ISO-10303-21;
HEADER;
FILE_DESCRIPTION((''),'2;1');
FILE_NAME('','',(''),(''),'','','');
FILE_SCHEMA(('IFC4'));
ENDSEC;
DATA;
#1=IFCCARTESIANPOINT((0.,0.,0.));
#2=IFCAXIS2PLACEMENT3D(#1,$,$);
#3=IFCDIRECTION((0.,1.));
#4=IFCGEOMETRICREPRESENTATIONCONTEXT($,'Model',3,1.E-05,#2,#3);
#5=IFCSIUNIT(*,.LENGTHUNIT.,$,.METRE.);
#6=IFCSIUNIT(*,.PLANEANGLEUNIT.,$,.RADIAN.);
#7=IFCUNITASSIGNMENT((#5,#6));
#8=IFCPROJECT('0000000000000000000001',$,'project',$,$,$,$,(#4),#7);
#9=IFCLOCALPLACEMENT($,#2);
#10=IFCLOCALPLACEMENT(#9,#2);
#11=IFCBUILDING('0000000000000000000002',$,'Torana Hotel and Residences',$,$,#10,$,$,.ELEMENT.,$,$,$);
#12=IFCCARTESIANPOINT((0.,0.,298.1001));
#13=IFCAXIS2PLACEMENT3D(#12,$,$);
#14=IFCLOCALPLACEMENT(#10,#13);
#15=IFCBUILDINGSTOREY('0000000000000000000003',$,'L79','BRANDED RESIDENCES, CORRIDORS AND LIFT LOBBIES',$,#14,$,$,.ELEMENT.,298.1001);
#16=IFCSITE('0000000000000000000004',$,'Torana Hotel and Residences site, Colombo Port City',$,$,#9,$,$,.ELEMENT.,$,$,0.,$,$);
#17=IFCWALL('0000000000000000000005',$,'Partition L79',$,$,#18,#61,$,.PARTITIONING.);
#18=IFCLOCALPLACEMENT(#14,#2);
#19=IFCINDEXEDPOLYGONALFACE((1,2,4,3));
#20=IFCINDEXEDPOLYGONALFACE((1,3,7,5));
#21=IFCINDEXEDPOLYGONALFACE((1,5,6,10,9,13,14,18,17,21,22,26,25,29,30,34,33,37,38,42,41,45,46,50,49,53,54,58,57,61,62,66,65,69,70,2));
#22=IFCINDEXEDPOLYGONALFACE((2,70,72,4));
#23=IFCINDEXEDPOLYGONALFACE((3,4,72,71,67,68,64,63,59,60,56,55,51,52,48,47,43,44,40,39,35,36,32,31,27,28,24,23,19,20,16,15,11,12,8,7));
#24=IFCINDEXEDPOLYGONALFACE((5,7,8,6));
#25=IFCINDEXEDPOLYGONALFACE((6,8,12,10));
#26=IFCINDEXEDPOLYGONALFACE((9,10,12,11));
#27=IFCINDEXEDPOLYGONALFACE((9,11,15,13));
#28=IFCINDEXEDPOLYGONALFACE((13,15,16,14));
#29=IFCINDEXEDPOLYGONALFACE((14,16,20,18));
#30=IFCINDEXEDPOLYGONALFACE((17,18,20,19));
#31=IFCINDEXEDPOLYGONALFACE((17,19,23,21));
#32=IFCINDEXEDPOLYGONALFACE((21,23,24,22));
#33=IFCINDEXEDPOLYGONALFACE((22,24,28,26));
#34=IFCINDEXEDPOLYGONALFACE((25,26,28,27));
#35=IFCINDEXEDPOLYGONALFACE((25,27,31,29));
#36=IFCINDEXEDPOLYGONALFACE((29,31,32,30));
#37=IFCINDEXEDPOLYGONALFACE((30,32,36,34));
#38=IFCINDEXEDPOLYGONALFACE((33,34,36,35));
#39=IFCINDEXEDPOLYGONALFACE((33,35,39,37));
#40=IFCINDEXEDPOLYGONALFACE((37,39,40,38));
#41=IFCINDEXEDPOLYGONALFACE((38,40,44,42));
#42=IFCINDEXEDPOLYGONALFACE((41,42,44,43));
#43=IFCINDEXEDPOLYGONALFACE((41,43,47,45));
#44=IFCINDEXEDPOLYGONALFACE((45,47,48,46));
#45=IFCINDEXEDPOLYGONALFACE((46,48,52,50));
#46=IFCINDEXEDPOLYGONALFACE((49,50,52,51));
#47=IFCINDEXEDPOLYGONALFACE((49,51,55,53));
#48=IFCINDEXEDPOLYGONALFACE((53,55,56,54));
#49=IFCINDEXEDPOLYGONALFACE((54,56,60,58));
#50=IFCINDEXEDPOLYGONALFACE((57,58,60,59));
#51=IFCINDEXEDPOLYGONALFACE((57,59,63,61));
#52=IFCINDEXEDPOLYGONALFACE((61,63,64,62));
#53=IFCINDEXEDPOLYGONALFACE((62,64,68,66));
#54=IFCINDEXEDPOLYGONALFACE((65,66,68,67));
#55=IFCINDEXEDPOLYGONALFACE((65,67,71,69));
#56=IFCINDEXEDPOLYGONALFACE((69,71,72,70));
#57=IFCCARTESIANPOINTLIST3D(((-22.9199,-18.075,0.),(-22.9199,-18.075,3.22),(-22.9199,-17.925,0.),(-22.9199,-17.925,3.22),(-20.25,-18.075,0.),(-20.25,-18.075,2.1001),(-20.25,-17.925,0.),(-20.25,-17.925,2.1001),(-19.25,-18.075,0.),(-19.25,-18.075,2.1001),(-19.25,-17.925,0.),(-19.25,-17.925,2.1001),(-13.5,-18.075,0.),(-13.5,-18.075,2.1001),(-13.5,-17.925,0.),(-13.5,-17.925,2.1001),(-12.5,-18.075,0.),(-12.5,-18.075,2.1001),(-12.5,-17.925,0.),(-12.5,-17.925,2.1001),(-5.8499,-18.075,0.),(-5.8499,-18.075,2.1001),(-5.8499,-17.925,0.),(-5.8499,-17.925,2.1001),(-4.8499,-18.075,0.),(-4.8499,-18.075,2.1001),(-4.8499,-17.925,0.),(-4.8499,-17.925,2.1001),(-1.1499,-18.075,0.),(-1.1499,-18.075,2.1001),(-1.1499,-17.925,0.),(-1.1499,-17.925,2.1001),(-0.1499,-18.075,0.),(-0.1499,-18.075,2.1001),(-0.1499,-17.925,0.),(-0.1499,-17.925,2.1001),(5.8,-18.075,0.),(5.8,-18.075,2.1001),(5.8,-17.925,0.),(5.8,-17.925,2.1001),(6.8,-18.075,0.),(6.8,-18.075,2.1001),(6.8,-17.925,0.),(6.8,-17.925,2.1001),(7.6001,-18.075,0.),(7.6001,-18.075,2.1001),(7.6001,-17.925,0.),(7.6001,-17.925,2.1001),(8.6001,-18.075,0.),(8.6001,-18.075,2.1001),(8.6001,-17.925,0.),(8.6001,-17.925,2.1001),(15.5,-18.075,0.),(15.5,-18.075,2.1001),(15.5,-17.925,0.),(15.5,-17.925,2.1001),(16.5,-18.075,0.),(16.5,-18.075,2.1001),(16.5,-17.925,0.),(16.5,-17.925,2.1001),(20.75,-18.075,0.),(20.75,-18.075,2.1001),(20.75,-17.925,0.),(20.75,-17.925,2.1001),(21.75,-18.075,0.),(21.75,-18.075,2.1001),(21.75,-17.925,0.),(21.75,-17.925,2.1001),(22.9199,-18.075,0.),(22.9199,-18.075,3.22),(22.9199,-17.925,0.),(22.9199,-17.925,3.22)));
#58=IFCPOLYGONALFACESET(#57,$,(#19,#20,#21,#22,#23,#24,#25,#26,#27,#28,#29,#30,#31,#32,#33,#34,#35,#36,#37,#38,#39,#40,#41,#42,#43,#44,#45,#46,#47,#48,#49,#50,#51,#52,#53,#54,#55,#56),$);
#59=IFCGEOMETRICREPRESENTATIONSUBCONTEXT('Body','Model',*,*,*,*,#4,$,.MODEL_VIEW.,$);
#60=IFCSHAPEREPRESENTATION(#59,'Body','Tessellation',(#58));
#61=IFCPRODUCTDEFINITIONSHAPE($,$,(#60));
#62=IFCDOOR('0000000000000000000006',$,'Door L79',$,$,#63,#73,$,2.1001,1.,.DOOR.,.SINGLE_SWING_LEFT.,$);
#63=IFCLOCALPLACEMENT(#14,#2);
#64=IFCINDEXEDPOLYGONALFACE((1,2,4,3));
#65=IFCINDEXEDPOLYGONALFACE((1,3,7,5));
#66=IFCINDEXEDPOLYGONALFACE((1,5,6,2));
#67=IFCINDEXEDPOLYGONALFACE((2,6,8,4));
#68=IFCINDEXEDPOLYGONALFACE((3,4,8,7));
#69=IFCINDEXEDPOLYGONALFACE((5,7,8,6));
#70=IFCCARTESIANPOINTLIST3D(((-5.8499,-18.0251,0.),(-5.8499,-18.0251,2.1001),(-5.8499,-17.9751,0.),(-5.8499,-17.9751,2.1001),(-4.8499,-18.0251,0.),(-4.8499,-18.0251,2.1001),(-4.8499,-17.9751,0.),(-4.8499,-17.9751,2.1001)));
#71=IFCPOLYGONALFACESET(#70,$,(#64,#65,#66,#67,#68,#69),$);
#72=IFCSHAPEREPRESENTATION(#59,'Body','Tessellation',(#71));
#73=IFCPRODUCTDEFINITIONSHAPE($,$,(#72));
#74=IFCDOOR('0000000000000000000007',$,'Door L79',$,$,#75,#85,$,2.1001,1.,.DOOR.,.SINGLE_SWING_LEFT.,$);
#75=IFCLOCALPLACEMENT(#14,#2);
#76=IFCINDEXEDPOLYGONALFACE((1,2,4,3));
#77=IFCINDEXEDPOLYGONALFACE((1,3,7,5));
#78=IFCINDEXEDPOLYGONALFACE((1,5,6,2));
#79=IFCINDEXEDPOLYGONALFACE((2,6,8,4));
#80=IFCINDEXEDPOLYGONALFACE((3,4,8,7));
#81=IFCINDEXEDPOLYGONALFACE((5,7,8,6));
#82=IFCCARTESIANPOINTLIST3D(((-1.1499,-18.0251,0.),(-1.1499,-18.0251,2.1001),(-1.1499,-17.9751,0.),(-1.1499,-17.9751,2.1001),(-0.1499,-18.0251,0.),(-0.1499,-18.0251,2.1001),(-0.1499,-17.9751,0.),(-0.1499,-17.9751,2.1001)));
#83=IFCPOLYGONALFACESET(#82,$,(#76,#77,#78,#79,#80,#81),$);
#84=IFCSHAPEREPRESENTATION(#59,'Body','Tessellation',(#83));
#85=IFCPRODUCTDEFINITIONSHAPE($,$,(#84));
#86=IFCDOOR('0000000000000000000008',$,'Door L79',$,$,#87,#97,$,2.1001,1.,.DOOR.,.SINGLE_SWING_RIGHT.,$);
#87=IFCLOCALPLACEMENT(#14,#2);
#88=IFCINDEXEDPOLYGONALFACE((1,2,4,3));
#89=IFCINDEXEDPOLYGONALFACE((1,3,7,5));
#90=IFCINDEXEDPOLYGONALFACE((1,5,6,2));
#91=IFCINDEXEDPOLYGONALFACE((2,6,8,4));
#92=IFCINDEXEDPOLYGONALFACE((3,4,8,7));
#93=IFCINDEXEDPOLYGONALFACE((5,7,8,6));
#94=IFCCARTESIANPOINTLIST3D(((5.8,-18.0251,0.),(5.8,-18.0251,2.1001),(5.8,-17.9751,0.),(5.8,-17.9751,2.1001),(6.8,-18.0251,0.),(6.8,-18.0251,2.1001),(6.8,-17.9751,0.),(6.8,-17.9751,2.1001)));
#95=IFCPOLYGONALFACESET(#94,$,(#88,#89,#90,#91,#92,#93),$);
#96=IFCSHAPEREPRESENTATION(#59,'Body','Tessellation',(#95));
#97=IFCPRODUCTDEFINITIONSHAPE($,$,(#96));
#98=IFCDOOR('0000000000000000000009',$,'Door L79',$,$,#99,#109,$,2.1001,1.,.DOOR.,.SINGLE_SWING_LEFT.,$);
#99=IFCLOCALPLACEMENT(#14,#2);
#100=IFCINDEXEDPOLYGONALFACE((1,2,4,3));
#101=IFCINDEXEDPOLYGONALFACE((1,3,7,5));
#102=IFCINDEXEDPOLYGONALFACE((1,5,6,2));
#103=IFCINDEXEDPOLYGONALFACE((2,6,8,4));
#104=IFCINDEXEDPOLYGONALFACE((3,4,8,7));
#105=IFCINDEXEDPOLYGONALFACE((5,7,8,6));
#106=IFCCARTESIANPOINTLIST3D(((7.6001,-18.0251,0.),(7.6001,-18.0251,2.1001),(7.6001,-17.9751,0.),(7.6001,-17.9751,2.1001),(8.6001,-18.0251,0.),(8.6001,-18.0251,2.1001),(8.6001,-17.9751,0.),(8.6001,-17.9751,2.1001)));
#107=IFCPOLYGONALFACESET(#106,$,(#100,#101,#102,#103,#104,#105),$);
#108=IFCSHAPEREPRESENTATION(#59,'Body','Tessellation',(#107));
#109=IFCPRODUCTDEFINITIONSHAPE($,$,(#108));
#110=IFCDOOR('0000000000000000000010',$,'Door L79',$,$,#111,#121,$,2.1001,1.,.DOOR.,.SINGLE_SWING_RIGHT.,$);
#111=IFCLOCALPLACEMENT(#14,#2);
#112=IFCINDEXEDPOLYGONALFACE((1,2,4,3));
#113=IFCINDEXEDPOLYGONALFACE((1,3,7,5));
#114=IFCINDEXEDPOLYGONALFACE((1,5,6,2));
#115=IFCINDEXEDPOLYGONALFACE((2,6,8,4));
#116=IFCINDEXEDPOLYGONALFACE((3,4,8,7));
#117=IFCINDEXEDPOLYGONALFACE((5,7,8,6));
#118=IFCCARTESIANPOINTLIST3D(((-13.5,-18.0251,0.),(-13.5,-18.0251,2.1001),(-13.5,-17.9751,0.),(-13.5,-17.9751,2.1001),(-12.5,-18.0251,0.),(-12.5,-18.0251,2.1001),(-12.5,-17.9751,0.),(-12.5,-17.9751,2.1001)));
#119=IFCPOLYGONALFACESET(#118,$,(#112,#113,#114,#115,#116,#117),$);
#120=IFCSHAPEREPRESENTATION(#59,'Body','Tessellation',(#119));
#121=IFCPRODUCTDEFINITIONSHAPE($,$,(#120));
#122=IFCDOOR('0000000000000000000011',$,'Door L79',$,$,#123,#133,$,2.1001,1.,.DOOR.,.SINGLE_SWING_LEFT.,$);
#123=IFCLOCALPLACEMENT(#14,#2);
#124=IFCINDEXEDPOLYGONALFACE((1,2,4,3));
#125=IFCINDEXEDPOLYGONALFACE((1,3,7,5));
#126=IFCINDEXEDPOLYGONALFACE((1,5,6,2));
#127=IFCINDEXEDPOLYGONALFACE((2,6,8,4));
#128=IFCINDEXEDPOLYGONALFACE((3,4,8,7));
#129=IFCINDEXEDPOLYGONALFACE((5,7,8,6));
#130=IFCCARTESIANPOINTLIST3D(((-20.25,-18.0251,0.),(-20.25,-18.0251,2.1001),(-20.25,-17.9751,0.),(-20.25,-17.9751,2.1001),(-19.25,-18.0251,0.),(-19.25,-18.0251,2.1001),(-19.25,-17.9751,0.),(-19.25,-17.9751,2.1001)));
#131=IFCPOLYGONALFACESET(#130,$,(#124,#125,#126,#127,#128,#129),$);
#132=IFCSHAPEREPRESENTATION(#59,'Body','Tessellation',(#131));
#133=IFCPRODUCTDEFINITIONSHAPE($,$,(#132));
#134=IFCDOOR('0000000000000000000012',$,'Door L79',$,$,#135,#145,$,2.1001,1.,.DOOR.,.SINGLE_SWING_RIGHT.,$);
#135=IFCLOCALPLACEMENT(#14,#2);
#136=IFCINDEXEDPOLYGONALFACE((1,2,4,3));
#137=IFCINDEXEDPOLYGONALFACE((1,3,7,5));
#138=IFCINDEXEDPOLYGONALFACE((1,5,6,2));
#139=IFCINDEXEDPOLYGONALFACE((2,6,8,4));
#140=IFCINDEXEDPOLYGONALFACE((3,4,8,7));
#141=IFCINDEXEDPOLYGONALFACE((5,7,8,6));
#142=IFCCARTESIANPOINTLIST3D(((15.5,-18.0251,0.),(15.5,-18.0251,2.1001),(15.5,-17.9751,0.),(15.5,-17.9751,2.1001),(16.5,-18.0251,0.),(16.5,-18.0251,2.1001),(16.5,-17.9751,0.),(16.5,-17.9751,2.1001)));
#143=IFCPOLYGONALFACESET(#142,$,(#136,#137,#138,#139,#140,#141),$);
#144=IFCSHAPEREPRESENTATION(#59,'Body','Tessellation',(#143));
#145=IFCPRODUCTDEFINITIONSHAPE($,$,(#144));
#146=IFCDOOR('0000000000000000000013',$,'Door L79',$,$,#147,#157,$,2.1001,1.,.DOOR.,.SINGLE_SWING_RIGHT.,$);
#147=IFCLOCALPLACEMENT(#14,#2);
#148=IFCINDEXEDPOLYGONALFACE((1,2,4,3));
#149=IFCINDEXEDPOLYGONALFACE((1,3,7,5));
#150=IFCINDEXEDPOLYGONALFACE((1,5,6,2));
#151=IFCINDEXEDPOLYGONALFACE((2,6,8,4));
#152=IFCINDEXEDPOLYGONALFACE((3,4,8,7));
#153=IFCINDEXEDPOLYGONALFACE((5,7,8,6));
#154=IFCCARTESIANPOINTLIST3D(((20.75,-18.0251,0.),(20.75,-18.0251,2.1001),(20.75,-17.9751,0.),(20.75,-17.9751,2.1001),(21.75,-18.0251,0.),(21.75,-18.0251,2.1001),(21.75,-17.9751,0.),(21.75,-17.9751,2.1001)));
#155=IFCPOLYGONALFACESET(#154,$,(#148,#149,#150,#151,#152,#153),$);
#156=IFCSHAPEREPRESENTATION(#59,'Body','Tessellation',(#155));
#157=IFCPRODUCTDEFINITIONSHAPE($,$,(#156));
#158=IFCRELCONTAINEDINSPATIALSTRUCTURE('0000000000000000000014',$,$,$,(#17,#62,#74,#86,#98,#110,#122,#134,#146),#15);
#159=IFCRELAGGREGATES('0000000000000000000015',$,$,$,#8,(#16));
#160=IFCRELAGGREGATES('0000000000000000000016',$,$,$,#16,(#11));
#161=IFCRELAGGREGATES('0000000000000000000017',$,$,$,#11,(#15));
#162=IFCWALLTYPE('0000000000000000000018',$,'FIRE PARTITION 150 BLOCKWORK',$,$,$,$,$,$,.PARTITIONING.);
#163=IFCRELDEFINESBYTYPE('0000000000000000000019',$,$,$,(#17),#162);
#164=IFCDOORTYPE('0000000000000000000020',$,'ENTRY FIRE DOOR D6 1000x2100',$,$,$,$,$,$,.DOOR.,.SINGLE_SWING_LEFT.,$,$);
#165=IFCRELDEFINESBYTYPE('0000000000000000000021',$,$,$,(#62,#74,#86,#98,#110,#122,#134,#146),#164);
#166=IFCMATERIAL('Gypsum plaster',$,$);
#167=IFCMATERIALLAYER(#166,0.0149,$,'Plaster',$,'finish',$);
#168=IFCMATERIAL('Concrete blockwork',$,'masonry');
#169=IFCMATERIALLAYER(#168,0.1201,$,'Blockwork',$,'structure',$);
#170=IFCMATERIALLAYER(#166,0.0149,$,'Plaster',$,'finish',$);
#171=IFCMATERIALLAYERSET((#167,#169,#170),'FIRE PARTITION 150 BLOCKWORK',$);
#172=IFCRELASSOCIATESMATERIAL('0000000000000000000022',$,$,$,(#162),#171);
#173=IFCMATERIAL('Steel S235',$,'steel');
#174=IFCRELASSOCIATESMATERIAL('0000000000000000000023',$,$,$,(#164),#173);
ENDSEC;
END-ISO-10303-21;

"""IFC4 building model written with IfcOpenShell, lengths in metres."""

from ifc_helpers import new_model, si_unit, direction, frame, frame_2d, origin, place, context, subcontext, project, spatial, rectangle, extrude, material, layer, layer_set, type_object, element, fill, save


model = new_model("IFC4")

# Units and contexts
model_context = context("Model", 3, precision=1e-05, world=origin(), true_north=direction((0.0, 1.0)))
body_context = subcontext(model_context, "Body", "Model", "MODEL_VIEW")
ifc_project = project(units=[si_unit("LENGTHUNIT", "METRE"), si_unit("PLANEANGLEUNIT", "RADIAN")], contexts=[model_context])

# Site, building, storey
site_placement = place(None, origin())
site = spatial("IfcSite", under=ifc_project, at=site_placement, Name="Torana Hotel and Residences site, Colombo Port City", CompositionType="ELEMENT", RefElevation=0.0)
building_placement = place(site_placement, origin())
building = spatial("IfcBuilding", under=site, at=building_placement, Name="Torana Hotel and Residences", CompositionType="ELEMENT")
storey_placement = place(building_placement, frame((0.0, 0.0, 298.1001)))
storey = spatial("IfcBuildingStorey", under=building, at=storey_placement, Name="L79", Description="BRANDED RESIDENCES, CORRIDORS AND LIFT LOBBIES", CompositionType="ELEMENT", Elevation=298.1001)

# Wall, openings, doors
ifc_material_1 = material(Name="Gypsum plaster")
ifc_layer_1 = layer(ifc_material_1, 0.0149, Name="Plaster", Category="finish")
ifc_material_2 = material(Name="Concrete blockwork", Category="masonry")
ifc_layer_2 = layer(ifc_material_2, 0.1201, Name="Blockwork", Category="structure")
ifc_layer_3 = layer(ifc_material_1, 0.0149, Name="Plaster", Category="finish")
ifc_layer_set_1 = layer_set([ifc_layer_1, ifc_layer_2, ifc_layer_3], Name="FIRE PARTITION 150 BLOCKWORK")
wall_type_1 = type_object("IfcWallType", Name="FIRE PARTITION 150 BLOCKWORK", PredefinedType="PARTITIONING", material=ifc_layer_set_1)
wall_1_placement = place(storey_placement, frame((-22.9199, -18.0, 0.0), z_axis=(0.0, 0.0, 1.0), x_axis=(1.0, 0.0, 0.0)))
wall_1 = element("IfcWall", 1, at=wall_1_placement, inside=storey, type_object=wall_type_1, Name="Partition L79", PredefinedType="PARTITIONING", context=body_context, shape_type="SweptSolid", body=[
    extrude(rectangle(XDim=45.8398, YDim=0.1499, at=frame_2d((22.9199, 0.0))), origin(), (0.0, 0.0, 1.0), 3.22),
])
opening_1_placement = place(wall_1_placement, frame((17.0701, 0.0, 0.0)))
opening_1 = element("IfcOpeningElement", 2, at=opening_1_placement, cuts=wall_1, PredefinedType="OPENING", context=body_context, shape_type="SweptSolid", body=[
    extrude(rectangle(XDim=1.0, YDim=2.1001, at=frame_2d((0.5, 1.05))), frame((0.0, 0.085, 0.0), z_axis=(0.0, -1.0, 0.0), x_axis=(1.0, 0.0, 0.0)), (0.0, 0.0, 1.0), 0.1699),
])
opening_2_placement = place(wall_1_placement, frame((21.77, 0.0, 0.0)))
opening_2 = element("IfcOpeningElement", 3, at=opening_2_placement, cuts=wall_1, PredefinedType="OPENING", context=body_context, shape_type="SweptSolid", body=[
    extrude(rectangle(XDim=1.0, YDim=2.1001, at=frame_2d((0.5, 1.05))), frame((0.0, 0.085, 0.0), z_axis=(0.0, -1.0, 0.0), x_axis=(1.0, 0.0, 0.0)), (0.0, 0.0, 1.0), 0.1699),
])
opening_3_placement = place(wall_1_placement, frame((28.72, 0.0, 0.0)))
opening_3 = element("IfcOpeningElement", 4, at=opening_3_placement, cuts=wall_1, PredefinedType="OPENING", context=body_context, shape_type="SweptSolid", body=[
    extrude(rectangle(XDim=1.0, YDim=2.1001, at=frame_2d((0.5, 1.05))), frame((0.0, 0.085, 0.0), z_axis=(0.0, -1.0, 0.0), x_axis=(1.0, 0.0, 0.0)), (0.0, 0.0, 1.0), 0.1699),
])
opening_4_placement = place(wall_1_placement, frame((30.52, 0.0, 0.0)))
opening_4 = element("IfcOpeningElement", 5, at=opening_4_placement, cuts=wall_1, PredefinedType="OPENING", context=body_context, shape_type="SweptSolid", body=[
    extrude(rectangle(XDim=1.0, YDim=2.1001, at=frame_2d((0.5, 1.05))), frame((0.0, 0.085, 0.0), z_axis=(0.0, -1.0, 0.0), x_axis=(1.0, 0.0, 0.0)), (0.0, 0.0, 1.0), 0.1699),
])
opening_5_placement = place(wall_1_placement, frame((9.4199, 0.0, 0.0)))
opening_5 = element("IfcOpeningElement", 6, at=opening_5_placement, cuts=wall_1, PredefinedType="OPENING", context=body_context, shape_type="SweptSolid", body=[
    extrude(rectangle(XDim=1.0, YDim=2.1001, at=frame_2d((0.5, 1.05))), frame((0.0, 0.085, 0.0), z_axis=(0.0, -1.0, 0.0), x_axis=(1.0, 0.0, 0.0)), (0.0, 0.0, 1.0), 0.1699),
])
opening_6_placement = place(wall_1_placement, frame((2.6699, 0.0, 0.0)))
opening_6 = element("IfcOpeningElement", 7, at=opening_6_placement, cuts=wall_1, PredefinedType="OPENING", context=body_context, shape_type="SweptSolid", body=[
    extrude(rectangle(XDim=1.0, YDim=2.1001, at=frame_2d((0.5, 1.05))), frame((0.0, 0.085, 0.0), z_axis=(0.0, -1.0, 0.0), x_axis=(1.0, 0.0, 0.0)), (0.0, 0.0, 1.0), 0.1699),
])
opening_7_placement = place(wall_1_placement, frame((38.4199, 0.0, 0.0)))
opening_7 = element("IfcOpeningElement", 8, at=opening_7_placement, cuts=wall_1, PredefinedType="OPENING", context=body_context, shape_type="SweptSolid", body=[
    extrude(rectangle(XDim=1.0, YDim=2.1001, at=frame_2d((0.5, 1.05))), frame((0.0, 0.085, 0.0), z_axis=(0.0, -1.0, 0.0), x_axis=(1.0, 0.0, 0.0)), (0.0, 0.0, 1.0), 0.1699),
])
opening_8_placement = place(wall_1_placement, frame((43.6699, 0.0, 0.0)))
opening_8 = element("IfcOpeningElement", 9, at=opening_8_placement, cuts=wall_1, PredefinedType="OPENING", context=body_context, shape_type="SweptSolid", body=[
    extrude(rectangle(XDim=1.0, YDim=2.1001, at=frame_2d((0.5, 1.05))), frame((0.0, 0.085, 0.0), z_axis=(0.0, -1.0, 0.0), x_axis=(1.0, 0.0, 0.0)), (0.0, 0.0, 1.0), 0.1699),
])
ifc_material_3 = material(Name="Steel S235", Category="steel")
door_type_1 = type_object("IfcDoorType", Name="ENTRY FIRE DOOR D6 1000x2100", OperationType="SINGLE_SWING_LEFT", PredefinedType="DOOR", material=ifc_material_3)
door_1_placement = place(opening_1_placement, frame((0.5, 0.0, 0.0), z_axis=(0.0, 0.0, 1.0), x_axis=(-1.0, 0.0, 0.0)))
door_1 = element("IfcDoor", 10, at=door_1_placement, inside=storey, type_object=door_type_1, Name="Door L79", OperationType="SINGLE_SWING_LEFT", OverallHeight=2.1001, OverallWidth=1.0, PredefinedType="DOOR", context=body_context, shape_type="SweptSolid", body=[
    extrude(rectangle(XDim=1.0, YDim=2.1001, at=frame_2d((0.0, 1.05))), frame((0.0, -0.0249, 0.0), z_axis=(0.0, 1.0, 0.0), x_axis=(-1.0, 0.0, 0.0)), (0.0, 0.0, 1.0), 0.05),
])
fill(opening_1, door_1)
door_2_placement = place(opening_2_placement, frame((0.5, 0.0, 0.0), z_axis=(0.0, 0.0, 1.0), x_axis=(-1.0, 0.0, 0.0)))
door_2 = element("IfcDoor", 11, at=door_2_placement, inside=storey, type_object=door_type_1, Name="Door L79", OperationType="SINGLE_SWING_LEFT", OverallHeight=2.1001, OverallWidth=1.0, PredefinedType="DOOR", context=body_context, shape_type="SweptSolid", body=[
    extrude(rectangle(XDim=1.0, YDim=2.1001, at=frame_2d((0.0, 1.05))), frame((0.0, -0.0249, 0.0), z_axis=(0.0, 1.0, 0.0), x_axis=(-1.0, 0.0, 0.0)), (0.0, 0.0, 1.0), 0.05),
])
fill(opening_2, door_2)
door_3_placement = place(opening_3_placement, origin())
door_3 = element("IfcDoor", 12, at=door_3_placement, inside=storey, type_object=door_type_1, Name="Door L79", OperationType="SINGLE_SWING_RIGHT", OverallHeight=2.1001, OverallWidth=1.0, PredefinedType="DOOR", context=body_context, shape_type="SweptSolid", body=[
    extrude(rectangle(XDim=1.0, YDim=2.1001, at=frame_2d((0.5, 1.05))), frame((0.0, 0.0249, 0.0), z_axis=(0.0, -1.0, 0.0), x_axis=(1.0, 0.0, 0.0)), (0.0, 0.0, 1.0), 0.05),
])
fill(opening_3, door_3)
door_4_placement = place(opening_4_placement, frame((0.5, 0.0, 0.0), z_axis=(0.0, 0.0, 1.0), x_axis=(-1.0, 0.0, 0.0)))
door_4 = element("IfcDoor", 13, at=door_4_placement, inside=storey, type_object=door_type_1, Name="Door L79", OperationType="SINGLE_SWING_LEFT", OverallHeight=2.1001, OverallWidth=1.0, PredefinedType="DOOR", context=body_context, shape_type="SweptSolid", body=[
    extrude(rectangle(XDim=1.0, YDim=2.1001, at=frame_2d((0.0, 1.05))), frame((0.0, -0.0249, 0.0), z_axis=(0.0, 1.0, 0.0), x_axis=(-1.0, 0.0, 0.0)), (0.0, 0.0, 1.0), 0.05),
])
fill(opening_4, door_4)
door_5_placement = place(opening_5_placement, origin())
door_5 = element("IfcDoor", 14, at=door_5_placement, inside=storey, type_object=door_type_1, Name="Door L79", OperationType="SINGLE_SWING_RIGHT", OverallHeight=2.1001, OverallWidth=1.0, PredefinedType="DOOR", context=body_context, shape_type="SweptSolid", body=[
    extrude(rectangle(XDim=1.0, YDim=2.1001, at=frame_2d((0.5, 1.05))), frame((0.0, 0.0249, 0.0), z_axis=(0.0, -1.0, 0.0), x_axis=(1.0, 0.0, 0.0)), (0.0, 0.0, 1.0), 0.05),
])
fill(opening_5, door_5)
door_6_placement = place(opening_6_placement, frame((0.5, 0.0, 0.0), z_axis=(0.0, 0.0, 1.0), x_axis=(-1.0, 0.0, 0.0)))
door_6 = element("IfcDoor", 15, at=door_6_placement, inside=storey, type_object=door_type_1, Name="Door L79", OperationType="SINGLE_SWING_LEFT", OverallHeight=2.1001, OverallWidth=1.0, PredefinedType="DOOR", context=body_context, shape_type="SweptSolid", body=[
    extrude(rectangle(XDim=1.0, YDim=2.1001, at=frame_2d((0.0, 1.05))), frame((0.0, -0.0249, 0.0), z_axis=(0.0, 1.0, 0.0), x_axis=(-1.0, 0.0, 0.0)), (0.0, 0.0, 1.0), 0.05),
])
fill(opening_6, door_6)
door_7_placement = place(opening_7_placement, origin())
door_7 = element("IfcDoor", 16, at=door_7_placement, inside=storey, type_object=door_type_1, Name="Door L79", OperationType="SINGLE_SWING_RIGHT", OverallHeight=2.1001, OverallWidth=1.0, PredefinedType="DOOR", context=body_context, shape_type="SweptSolid", body=[
    extrude(rectangle(XDim=1.0, YDim=2.1001, at=frame_2d((0.5, 1.05))), frame((0.0, 0.0249, 0.0), z_axis=(0.0, -1.0, 0.0), x_axis=(1.0, 0.0, 0.0)), (0.0, 0.0, 1.0), 0.05),
])
fill(opening_7, door_7)
door_8_placement = place(opening_8_placement, frame((0.5, 0.0, 0.0), z_axis=(0.0, 0.0, 1.0), x_axis=(-1.0, 0.0, 0.0)))
door_8 = element("IfcDoor", 17, at=door_8_placement, inside=storey, type_object=door_type_1, Name="Door L79", OperationType="SINGLE_SWING_RIGHT", OverallHeight=2.1001, OverallWidth=1.0, PredefinedType="DOOR", context=body_context, shape_type="SweptSolid", body=[
    extrude(rectangle(XDim=1.0, YDim=2.1001, at=frame_2d((0.0, 1.05))), frame((0.0, -0.0249, 0.0), z_axis=(0.0, 1.0, 0.0), x_axis=(-1.0, 0.0, 0.0)), (0.0, 0.0, 1.0), 0.05),
])
fill(opening_8, door_8)

save(model, "model.ifc")
